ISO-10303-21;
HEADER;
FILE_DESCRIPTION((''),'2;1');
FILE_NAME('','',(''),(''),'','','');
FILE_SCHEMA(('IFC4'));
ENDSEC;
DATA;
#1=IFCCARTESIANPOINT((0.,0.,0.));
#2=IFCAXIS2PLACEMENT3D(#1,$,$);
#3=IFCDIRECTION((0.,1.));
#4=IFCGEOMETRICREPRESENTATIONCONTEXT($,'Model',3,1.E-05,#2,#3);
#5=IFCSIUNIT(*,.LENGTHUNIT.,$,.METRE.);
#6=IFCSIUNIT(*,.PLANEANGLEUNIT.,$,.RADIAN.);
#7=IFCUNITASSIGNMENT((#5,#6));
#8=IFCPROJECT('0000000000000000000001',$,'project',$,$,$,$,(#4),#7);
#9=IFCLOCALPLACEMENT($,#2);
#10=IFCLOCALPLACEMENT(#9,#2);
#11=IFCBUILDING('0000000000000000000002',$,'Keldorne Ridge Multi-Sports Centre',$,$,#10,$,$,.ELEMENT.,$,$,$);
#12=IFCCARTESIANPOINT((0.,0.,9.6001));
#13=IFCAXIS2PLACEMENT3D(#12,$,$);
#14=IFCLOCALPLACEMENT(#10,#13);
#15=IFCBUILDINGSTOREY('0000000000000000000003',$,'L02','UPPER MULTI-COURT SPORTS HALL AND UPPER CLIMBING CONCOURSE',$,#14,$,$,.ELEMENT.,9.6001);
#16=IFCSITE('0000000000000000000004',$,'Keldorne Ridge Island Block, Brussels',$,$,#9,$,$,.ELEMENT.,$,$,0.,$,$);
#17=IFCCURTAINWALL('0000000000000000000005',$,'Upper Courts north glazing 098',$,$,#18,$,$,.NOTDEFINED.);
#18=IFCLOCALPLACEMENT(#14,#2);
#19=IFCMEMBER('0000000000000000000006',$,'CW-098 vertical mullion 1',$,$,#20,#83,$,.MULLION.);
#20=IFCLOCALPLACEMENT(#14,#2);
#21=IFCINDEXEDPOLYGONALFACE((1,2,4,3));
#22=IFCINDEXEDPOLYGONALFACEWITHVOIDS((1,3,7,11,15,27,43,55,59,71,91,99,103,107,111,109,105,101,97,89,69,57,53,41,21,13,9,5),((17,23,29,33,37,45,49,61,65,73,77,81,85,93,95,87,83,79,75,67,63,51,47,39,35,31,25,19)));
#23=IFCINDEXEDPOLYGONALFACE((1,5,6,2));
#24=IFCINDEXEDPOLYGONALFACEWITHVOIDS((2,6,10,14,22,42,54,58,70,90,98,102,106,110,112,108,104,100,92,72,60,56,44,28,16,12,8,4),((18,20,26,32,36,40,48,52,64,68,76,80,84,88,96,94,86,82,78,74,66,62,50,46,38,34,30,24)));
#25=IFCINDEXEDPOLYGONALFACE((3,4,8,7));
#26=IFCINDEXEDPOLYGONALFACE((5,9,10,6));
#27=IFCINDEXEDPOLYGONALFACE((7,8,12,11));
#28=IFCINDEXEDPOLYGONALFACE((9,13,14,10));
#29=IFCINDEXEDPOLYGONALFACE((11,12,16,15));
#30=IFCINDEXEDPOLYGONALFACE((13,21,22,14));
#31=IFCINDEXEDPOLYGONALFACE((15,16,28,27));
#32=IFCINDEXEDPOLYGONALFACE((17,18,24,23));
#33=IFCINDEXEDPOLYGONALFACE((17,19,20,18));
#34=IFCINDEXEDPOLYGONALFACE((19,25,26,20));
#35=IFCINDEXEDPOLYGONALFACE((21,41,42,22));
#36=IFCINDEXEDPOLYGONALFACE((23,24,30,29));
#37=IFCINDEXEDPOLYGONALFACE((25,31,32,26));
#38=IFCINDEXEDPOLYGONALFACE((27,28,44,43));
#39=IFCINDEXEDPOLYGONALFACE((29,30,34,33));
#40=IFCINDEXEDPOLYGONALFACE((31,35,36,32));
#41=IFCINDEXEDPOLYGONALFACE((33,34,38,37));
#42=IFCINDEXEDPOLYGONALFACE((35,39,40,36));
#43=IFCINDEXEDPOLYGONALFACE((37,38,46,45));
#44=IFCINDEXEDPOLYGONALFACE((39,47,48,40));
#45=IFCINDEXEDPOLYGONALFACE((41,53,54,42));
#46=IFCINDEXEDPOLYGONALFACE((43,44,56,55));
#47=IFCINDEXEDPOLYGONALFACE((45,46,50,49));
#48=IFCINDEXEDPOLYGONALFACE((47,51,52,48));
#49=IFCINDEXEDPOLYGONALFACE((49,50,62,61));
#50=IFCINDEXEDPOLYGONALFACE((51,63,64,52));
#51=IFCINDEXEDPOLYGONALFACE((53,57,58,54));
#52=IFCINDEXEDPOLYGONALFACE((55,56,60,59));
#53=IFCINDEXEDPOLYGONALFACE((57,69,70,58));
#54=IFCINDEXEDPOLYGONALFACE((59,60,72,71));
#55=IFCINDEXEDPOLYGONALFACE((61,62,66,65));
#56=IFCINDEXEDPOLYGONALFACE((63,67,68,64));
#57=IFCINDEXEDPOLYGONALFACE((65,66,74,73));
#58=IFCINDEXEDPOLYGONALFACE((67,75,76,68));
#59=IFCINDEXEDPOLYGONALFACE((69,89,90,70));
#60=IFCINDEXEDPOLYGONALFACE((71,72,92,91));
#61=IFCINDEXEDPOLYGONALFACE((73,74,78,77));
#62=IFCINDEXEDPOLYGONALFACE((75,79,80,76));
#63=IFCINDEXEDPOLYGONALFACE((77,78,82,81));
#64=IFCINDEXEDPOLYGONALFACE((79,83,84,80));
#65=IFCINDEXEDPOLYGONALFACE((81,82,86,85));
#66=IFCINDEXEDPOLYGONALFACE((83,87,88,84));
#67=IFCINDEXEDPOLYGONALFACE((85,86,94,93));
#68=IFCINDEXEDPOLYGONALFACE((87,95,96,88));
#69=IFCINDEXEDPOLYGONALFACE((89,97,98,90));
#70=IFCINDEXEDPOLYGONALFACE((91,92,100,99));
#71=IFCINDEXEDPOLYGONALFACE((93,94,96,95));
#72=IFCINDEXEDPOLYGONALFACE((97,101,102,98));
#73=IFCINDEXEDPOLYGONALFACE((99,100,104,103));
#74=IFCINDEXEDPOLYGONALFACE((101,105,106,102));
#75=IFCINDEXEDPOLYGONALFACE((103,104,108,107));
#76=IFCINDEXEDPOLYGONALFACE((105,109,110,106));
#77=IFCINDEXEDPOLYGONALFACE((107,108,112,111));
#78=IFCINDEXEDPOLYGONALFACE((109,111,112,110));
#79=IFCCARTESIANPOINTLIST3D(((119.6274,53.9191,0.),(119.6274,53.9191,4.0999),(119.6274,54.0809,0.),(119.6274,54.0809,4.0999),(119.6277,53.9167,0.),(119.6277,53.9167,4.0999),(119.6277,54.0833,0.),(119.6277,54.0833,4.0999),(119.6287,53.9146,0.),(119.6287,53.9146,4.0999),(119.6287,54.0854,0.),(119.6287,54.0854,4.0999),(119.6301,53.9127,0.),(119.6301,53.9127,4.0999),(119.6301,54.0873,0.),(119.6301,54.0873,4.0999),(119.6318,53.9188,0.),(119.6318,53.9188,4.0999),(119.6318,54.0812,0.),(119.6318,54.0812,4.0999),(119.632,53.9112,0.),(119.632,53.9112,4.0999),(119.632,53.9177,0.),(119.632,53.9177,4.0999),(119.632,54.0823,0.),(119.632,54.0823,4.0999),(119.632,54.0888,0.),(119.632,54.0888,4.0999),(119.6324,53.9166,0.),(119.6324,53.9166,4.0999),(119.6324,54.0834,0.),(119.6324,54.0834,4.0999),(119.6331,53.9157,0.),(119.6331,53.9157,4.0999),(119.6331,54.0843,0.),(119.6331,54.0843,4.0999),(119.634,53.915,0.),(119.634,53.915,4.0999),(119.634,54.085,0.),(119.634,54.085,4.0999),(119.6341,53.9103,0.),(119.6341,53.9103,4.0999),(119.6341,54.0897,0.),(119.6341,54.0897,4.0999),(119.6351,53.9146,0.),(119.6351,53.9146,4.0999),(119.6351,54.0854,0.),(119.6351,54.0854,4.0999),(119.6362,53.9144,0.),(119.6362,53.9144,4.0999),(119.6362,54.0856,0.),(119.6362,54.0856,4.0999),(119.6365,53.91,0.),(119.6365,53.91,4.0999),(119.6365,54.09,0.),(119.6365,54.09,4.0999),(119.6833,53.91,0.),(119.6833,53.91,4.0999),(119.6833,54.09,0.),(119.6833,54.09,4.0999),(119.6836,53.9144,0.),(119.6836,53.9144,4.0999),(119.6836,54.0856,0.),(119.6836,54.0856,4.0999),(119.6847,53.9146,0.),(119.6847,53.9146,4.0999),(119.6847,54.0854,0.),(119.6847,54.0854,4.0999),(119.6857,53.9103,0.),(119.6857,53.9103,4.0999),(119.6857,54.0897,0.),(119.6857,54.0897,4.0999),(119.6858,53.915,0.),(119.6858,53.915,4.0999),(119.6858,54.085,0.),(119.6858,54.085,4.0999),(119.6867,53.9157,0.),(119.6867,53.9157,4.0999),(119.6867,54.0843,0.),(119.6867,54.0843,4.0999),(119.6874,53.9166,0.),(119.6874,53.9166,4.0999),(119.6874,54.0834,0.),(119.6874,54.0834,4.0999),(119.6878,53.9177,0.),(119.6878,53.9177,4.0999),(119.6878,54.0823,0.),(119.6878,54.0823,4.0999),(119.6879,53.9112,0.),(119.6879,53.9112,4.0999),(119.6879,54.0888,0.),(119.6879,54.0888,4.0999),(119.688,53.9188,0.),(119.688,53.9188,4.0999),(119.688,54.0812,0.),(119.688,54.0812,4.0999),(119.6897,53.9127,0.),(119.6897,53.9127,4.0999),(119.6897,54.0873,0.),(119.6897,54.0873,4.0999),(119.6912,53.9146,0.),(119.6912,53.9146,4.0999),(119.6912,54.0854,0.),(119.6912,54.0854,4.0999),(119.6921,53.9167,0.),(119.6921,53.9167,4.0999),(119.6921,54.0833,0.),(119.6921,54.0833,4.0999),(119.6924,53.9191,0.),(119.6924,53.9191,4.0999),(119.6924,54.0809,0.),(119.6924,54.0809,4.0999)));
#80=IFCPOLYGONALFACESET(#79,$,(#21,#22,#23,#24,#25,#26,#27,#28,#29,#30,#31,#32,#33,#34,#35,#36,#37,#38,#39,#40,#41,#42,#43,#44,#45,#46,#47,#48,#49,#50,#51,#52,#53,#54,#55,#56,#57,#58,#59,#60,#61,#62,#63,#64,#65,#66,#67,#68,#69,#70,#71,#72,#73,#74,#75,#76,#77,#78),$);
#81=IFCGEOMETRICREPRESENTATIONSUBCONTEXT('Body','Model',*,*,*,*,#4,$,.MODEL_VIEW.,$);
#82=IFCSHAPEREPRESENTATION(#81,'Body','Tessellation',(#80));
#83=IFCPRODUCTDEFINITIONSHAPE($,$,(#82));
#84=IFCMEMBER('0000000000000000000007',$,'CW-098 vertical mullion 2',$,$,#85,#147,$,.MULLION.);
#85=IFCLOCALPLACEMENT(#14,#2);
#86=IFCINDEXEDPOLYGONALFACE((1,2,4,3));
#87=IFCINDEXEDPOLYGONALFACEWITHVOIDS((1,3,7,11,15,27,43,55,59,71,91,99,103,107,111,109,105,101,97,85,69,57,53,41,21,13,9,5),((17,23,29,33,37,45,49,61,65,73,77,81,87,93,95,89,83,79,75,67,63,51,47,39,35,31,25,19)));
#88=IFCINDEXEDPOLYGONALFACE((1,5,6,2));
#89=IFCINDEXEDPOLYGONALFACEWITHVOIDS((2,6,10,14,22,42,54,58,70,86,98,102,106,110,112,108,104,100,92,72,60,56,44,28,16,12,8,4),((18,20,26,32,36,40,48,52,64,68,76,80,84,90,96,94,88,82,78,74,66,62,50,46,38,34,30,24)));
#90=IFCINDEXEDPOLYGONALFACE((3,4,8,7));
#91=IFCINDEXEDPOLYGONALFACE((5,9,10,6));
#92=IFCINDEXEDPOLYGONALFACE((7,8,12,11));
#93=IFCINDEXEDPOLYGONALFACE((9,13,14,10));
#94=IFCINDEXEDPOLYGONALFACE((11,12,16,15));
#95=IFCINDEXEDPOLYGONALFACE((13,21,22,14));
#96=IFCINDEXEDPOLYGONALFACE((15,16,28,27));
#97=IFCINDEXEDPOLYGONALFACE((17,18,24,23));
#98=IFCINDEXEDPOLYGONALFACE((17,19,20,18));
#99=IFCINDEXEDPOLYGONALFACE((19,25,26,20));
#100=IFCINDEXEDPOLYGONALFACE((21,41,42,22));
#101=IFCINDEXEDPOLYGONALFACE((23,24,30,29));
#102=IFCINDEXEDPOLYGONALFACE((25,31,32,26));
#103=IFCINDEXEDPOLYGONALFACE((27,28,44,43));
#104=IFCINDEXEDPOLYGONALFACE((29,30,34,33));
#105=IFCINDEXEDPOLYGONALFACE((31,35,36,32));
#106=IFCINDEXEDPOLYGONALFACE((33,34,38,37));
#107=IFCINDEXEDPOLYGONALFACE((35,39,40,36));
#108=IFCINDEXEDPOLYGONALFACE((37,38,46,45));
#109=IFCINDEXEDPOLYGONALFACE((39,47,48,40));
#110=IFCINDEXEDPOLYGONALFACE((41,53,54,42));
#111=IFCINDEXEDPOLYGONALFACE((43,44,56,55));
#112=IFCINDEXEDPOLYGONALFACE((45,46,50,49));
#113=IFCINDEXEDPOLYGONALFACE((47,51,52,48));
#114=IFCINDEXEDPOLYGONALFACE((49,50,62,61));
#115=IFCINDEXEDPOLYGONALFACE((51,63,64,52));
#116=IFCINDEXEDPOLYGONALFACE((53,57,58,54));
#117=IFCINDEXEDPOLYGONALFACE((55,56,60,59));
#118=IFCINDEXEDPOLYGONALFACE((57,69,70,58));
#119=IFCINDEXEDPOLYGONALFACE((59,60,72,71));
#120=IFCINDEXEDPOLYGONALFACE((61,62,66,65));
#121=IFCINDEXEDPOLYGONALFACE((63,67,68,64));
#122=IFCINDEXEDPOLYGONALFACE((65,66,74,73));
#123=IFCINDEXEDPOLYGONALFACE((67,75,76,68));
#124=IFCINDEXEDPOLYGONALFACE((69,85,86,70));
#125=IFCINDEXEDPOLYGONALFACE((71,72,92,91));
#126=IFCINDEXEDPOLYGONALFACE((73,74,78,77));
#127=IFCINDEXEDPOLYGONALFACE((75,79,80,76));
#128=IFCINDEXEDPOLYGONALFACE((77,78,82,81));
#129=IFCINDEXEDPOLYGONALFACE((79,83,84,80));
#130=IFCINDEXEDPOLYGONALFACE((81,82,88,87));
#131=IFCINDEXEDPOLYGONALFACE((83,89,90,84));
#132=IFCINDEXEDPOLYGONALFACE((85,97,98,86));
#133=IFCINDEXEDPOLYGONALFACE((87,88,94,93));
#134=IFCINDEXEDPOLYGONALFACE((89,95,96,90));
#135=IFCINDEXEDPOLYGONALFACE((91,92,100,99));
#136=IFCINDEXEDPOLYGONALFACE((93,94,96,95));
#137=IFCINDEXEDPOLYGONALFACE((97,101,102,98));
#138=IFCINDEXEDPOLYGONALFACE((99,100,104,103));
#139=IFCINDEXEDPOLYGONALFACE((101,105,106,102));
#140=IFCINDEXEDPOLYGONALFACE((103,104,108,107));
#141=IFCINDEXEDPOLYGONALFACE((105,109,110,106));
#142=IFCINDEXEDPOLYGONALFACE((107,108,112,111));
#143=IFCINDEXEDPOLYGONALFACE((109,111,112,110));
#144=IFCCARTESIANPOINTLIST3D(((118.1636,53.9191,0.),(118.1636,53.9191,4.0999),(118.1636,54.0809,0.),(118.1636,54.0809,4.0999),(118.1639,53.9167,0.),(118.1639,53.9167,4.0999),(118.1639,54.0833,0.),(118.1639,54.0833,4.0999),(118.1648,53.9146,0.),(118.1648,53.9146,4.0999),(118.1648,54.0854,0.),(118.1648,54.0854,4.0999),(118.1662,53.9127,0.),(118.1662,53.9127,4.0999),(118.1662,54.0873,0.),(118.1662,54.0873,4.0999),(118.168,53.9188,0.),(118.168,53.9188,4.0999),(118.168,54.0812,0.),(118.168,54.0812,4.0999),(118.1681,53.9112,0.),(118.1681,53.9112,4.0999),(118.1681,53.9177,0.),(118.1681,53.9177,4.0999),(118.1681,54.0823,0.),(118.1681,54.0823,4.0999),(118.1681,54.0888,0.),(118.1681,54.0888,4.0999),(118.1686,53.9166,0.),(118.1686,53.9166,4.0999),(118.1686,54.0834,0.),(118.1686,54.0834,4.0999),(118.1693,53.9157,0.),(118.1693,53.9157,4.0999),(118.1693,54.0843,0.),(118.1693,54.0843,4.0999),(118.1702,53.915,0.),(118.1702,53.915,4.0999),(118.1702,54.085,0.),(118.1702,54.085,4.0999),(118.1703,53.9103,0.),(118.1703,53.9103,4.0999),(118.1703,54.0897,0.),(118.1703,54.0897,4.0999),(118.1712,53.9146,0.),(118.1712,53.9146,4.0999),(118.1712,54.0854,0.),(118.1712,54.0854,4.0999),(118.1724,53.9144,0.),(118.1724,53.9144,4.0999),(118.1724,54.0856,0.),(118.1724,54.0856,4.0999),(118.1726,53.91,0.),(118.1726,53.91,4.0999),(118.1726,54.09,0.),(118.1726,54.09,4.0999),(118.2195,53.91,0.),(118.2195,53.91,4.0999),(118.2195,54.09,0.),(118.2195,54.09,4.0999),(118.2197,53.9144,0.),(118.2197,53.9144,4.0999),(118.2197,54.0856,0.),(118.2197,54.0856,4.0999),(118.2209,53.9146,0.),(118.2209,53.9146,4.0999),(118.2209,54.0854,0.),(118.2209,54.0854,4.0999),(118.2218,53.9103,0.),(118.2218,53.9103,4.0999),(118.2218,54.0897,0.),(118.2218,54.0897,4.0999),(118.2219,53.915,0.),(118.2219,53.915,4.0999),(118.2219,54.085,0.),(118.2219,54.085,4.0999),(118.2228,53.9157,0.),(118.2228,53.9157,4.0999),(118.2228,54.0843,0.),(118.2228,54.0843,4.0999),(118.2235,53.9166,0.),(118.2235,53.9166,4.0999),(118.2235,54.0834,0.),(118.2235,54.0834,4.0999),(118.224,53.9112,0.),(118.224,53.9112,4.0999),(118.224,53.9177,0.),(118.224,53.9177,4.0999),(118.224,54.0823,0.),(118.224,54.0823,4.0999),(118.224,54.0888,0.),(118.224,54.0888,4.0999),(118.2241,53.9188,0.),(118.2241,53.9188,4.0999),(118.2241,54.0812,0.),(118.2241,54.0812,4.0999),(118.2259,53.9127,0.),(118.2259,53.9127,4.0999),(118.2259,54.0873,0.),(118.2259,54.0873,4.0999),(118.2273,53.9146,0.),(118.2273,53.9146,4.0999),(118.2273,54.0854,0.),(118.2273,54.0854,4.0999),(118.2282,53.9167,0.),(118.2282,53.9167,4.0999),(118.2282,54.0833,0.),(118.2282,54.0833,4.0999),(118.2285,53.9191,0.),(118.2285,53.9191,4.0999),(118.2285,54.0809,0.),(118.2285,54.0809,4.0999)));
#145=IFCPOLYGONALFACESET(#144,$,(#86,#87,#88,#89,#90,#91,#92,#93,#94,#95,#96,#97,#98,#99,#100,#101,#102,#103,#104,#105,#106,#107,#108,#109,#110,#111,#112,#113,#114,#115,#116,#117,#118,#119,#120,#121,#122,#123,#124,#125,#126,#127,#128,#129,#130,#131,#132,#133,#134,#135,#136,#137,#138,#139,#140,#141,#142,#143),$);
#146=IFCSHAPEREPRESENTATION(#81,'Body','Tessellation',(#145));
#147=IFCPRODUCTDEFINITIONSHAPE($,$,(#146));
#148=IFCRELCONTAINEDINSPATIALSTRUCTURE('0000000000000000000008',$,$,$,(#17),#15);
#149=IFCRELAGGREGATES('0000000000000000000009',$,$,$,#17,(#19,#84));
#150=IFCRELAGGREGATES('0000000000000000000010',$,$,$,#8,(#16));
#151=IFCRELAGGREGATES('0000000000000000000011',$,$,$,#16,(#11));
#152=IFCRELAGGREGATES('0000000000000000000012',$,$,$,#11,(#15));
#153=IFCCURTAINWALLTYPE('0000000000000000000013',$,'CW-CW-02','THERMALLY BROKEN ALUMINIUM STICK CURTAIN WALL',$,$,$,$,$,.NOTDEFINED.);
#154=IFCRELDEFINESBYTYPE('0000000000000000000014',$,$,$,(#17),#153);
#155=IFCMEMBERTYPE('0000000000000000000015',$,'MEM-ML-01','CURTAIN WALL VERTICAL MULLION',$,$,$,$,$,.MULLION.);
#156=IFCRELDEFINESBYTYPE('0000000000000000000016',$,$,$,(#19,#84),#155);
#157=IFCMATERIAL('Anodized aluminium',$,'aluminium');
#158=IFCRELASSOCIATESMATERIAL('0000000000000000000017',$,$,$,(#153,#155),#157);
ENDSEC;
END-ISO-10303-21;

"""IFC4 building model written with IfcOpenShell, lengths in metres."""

from ifc_helpers import new_model, si_unit, direction, frame, origin, origin_2d, place, context, subcontext, project, spatial, hollow_rectangle, extrude, material, material_profile, profile_set, type_object, element, aggregate, save


model = new_model("IFC4")

# Units and contexts
model_context = context("Model", 3, precision=1e-05, world=origin(), true_north=direction((0.0, 1.0)))
body_context = subcontext(model_context, "Body", "Model", "MODEL_VIEW")
ifc_project = project(units=[si_unit("LENGTHUNIT", "METRE"), si_unit("PLANEANGLEUNIT", "RADIAN")], contexts=[model_context])

# Site, building, storey
site_placement = place(None, origin())
site = spatial("IfcSite", under=ifc_project, at=site_placement, Name="Keldorne Ridge Island Block, Brussels", CompositionType="ELEMENT", RefElevation=0.0)
building_placement = place(site_placement, origin())
building = spatial("IfcBuilding", under=site, at=building_placement, Name="Keldorne Ridge Multi-Sports Centre", CompositionType="ELEMENT")
storey_placement = place(building_placement, frame((0.0, 0.0, 9.6001)))
storey = spatial("IfcBuildingStorey", under=building, at=storey_placement, Name="L02", Description="UPPER MULTI-COURT SPORTS HALL AND UPPER CLIMBING CONCOURSE", CompositionType="ELEMENT", Elevation=9.6001)

# Curtain wall, members
ifc_material_1 = material(Name="Anodized aluminium", Category="aluminium")
curtain_wall_type_1 = type_object("IfcCurtainWallType", Name="CW-CW-02", Description="THERMALLY BROKEN ALUMINIUM STICK CURTAIN WALL", PredefinedType="NOTDEFINED", material=ifc_material_1)
curtain_wall_1_placement = place(storey_placement, origin())
curtain_wall_1 = element("IfcCurtainWall", 1, at=curtain_wall_1_placement, inside=storey, type_object=curtain_wall_type_1, Name="Upper Courts north glazing 098", PredefinedType="NOTDEFINED")
ifc_material_profile_1 = material_profile(ifc_material_1, hollow_rectangle(XDim=0.0649, YDim=0.1799, WallThickness=0.0044, InnerFilletRadius=0.0044, OuterFilletRadius=0.009, at=origin_2d()), Name="ALU MULLION 180x65x4.5")
ifc_profile_set_1 = profile_set([ifc_material_profile_1], Name="Anodized aluminium")
member_type_1 = type_object("IfcMemberType", Name="MEM-ML-01", Description="CURTAIN WALL VERTICAL MULLION", PredefinedType="MULLION", material=ifc_profile_set_1)
member_1_placement = place(storey_placement, frame((119.6599, 54.0, 0.0), z_axis=(0.0, 0.0, 1.0), x_axis=(1.0, 0.0, 0.0)))
member_1 = element("IfcMember", 2, at=member_1_placement, type_object=member_type_1, Name="CW-098 vertical mullion 1", PredefinedType="MULLION", context=body_context, shape_type="SweptSolid", body=[
    extrude(hollow_rectangle(XDim=0.0649, YDim=0.1799, WallThickness=0.0044, InnerFilletRadius=0.0044, OuterFilletRadius=0.009, at=origin_2d()), origin(), (0.0, 0.0, 1.0), 4.0999),
])
member_2_placement = place(storey_placement, frame((118.196, 54.0, 0.0), z_axis=(0.0, 0.0, 1.0), x_axis=(1.0, 0.0, 0.0)))
member_2 = element("IfcMember", 3, at=member_2_placement, type_object=member_type_1, Name="CW-098 vertical mullion 2", PredefinedType="MULLION", context=body_context, shape_type="SweptSolid", body=[
    extrude(hollow_rectangle(XDim=0.0649, YDim=0.1799, WallThickness=0.0044, InnerFilletRadius=0.0044, OuterFilletRadius=0.009, at=origin_2d()), origin(), (0.0, 0.0, 1.0), 4.0999),
])

aggregate(curtain_wall_1, [member_1, member_2])

save(model, "model.ifc")
